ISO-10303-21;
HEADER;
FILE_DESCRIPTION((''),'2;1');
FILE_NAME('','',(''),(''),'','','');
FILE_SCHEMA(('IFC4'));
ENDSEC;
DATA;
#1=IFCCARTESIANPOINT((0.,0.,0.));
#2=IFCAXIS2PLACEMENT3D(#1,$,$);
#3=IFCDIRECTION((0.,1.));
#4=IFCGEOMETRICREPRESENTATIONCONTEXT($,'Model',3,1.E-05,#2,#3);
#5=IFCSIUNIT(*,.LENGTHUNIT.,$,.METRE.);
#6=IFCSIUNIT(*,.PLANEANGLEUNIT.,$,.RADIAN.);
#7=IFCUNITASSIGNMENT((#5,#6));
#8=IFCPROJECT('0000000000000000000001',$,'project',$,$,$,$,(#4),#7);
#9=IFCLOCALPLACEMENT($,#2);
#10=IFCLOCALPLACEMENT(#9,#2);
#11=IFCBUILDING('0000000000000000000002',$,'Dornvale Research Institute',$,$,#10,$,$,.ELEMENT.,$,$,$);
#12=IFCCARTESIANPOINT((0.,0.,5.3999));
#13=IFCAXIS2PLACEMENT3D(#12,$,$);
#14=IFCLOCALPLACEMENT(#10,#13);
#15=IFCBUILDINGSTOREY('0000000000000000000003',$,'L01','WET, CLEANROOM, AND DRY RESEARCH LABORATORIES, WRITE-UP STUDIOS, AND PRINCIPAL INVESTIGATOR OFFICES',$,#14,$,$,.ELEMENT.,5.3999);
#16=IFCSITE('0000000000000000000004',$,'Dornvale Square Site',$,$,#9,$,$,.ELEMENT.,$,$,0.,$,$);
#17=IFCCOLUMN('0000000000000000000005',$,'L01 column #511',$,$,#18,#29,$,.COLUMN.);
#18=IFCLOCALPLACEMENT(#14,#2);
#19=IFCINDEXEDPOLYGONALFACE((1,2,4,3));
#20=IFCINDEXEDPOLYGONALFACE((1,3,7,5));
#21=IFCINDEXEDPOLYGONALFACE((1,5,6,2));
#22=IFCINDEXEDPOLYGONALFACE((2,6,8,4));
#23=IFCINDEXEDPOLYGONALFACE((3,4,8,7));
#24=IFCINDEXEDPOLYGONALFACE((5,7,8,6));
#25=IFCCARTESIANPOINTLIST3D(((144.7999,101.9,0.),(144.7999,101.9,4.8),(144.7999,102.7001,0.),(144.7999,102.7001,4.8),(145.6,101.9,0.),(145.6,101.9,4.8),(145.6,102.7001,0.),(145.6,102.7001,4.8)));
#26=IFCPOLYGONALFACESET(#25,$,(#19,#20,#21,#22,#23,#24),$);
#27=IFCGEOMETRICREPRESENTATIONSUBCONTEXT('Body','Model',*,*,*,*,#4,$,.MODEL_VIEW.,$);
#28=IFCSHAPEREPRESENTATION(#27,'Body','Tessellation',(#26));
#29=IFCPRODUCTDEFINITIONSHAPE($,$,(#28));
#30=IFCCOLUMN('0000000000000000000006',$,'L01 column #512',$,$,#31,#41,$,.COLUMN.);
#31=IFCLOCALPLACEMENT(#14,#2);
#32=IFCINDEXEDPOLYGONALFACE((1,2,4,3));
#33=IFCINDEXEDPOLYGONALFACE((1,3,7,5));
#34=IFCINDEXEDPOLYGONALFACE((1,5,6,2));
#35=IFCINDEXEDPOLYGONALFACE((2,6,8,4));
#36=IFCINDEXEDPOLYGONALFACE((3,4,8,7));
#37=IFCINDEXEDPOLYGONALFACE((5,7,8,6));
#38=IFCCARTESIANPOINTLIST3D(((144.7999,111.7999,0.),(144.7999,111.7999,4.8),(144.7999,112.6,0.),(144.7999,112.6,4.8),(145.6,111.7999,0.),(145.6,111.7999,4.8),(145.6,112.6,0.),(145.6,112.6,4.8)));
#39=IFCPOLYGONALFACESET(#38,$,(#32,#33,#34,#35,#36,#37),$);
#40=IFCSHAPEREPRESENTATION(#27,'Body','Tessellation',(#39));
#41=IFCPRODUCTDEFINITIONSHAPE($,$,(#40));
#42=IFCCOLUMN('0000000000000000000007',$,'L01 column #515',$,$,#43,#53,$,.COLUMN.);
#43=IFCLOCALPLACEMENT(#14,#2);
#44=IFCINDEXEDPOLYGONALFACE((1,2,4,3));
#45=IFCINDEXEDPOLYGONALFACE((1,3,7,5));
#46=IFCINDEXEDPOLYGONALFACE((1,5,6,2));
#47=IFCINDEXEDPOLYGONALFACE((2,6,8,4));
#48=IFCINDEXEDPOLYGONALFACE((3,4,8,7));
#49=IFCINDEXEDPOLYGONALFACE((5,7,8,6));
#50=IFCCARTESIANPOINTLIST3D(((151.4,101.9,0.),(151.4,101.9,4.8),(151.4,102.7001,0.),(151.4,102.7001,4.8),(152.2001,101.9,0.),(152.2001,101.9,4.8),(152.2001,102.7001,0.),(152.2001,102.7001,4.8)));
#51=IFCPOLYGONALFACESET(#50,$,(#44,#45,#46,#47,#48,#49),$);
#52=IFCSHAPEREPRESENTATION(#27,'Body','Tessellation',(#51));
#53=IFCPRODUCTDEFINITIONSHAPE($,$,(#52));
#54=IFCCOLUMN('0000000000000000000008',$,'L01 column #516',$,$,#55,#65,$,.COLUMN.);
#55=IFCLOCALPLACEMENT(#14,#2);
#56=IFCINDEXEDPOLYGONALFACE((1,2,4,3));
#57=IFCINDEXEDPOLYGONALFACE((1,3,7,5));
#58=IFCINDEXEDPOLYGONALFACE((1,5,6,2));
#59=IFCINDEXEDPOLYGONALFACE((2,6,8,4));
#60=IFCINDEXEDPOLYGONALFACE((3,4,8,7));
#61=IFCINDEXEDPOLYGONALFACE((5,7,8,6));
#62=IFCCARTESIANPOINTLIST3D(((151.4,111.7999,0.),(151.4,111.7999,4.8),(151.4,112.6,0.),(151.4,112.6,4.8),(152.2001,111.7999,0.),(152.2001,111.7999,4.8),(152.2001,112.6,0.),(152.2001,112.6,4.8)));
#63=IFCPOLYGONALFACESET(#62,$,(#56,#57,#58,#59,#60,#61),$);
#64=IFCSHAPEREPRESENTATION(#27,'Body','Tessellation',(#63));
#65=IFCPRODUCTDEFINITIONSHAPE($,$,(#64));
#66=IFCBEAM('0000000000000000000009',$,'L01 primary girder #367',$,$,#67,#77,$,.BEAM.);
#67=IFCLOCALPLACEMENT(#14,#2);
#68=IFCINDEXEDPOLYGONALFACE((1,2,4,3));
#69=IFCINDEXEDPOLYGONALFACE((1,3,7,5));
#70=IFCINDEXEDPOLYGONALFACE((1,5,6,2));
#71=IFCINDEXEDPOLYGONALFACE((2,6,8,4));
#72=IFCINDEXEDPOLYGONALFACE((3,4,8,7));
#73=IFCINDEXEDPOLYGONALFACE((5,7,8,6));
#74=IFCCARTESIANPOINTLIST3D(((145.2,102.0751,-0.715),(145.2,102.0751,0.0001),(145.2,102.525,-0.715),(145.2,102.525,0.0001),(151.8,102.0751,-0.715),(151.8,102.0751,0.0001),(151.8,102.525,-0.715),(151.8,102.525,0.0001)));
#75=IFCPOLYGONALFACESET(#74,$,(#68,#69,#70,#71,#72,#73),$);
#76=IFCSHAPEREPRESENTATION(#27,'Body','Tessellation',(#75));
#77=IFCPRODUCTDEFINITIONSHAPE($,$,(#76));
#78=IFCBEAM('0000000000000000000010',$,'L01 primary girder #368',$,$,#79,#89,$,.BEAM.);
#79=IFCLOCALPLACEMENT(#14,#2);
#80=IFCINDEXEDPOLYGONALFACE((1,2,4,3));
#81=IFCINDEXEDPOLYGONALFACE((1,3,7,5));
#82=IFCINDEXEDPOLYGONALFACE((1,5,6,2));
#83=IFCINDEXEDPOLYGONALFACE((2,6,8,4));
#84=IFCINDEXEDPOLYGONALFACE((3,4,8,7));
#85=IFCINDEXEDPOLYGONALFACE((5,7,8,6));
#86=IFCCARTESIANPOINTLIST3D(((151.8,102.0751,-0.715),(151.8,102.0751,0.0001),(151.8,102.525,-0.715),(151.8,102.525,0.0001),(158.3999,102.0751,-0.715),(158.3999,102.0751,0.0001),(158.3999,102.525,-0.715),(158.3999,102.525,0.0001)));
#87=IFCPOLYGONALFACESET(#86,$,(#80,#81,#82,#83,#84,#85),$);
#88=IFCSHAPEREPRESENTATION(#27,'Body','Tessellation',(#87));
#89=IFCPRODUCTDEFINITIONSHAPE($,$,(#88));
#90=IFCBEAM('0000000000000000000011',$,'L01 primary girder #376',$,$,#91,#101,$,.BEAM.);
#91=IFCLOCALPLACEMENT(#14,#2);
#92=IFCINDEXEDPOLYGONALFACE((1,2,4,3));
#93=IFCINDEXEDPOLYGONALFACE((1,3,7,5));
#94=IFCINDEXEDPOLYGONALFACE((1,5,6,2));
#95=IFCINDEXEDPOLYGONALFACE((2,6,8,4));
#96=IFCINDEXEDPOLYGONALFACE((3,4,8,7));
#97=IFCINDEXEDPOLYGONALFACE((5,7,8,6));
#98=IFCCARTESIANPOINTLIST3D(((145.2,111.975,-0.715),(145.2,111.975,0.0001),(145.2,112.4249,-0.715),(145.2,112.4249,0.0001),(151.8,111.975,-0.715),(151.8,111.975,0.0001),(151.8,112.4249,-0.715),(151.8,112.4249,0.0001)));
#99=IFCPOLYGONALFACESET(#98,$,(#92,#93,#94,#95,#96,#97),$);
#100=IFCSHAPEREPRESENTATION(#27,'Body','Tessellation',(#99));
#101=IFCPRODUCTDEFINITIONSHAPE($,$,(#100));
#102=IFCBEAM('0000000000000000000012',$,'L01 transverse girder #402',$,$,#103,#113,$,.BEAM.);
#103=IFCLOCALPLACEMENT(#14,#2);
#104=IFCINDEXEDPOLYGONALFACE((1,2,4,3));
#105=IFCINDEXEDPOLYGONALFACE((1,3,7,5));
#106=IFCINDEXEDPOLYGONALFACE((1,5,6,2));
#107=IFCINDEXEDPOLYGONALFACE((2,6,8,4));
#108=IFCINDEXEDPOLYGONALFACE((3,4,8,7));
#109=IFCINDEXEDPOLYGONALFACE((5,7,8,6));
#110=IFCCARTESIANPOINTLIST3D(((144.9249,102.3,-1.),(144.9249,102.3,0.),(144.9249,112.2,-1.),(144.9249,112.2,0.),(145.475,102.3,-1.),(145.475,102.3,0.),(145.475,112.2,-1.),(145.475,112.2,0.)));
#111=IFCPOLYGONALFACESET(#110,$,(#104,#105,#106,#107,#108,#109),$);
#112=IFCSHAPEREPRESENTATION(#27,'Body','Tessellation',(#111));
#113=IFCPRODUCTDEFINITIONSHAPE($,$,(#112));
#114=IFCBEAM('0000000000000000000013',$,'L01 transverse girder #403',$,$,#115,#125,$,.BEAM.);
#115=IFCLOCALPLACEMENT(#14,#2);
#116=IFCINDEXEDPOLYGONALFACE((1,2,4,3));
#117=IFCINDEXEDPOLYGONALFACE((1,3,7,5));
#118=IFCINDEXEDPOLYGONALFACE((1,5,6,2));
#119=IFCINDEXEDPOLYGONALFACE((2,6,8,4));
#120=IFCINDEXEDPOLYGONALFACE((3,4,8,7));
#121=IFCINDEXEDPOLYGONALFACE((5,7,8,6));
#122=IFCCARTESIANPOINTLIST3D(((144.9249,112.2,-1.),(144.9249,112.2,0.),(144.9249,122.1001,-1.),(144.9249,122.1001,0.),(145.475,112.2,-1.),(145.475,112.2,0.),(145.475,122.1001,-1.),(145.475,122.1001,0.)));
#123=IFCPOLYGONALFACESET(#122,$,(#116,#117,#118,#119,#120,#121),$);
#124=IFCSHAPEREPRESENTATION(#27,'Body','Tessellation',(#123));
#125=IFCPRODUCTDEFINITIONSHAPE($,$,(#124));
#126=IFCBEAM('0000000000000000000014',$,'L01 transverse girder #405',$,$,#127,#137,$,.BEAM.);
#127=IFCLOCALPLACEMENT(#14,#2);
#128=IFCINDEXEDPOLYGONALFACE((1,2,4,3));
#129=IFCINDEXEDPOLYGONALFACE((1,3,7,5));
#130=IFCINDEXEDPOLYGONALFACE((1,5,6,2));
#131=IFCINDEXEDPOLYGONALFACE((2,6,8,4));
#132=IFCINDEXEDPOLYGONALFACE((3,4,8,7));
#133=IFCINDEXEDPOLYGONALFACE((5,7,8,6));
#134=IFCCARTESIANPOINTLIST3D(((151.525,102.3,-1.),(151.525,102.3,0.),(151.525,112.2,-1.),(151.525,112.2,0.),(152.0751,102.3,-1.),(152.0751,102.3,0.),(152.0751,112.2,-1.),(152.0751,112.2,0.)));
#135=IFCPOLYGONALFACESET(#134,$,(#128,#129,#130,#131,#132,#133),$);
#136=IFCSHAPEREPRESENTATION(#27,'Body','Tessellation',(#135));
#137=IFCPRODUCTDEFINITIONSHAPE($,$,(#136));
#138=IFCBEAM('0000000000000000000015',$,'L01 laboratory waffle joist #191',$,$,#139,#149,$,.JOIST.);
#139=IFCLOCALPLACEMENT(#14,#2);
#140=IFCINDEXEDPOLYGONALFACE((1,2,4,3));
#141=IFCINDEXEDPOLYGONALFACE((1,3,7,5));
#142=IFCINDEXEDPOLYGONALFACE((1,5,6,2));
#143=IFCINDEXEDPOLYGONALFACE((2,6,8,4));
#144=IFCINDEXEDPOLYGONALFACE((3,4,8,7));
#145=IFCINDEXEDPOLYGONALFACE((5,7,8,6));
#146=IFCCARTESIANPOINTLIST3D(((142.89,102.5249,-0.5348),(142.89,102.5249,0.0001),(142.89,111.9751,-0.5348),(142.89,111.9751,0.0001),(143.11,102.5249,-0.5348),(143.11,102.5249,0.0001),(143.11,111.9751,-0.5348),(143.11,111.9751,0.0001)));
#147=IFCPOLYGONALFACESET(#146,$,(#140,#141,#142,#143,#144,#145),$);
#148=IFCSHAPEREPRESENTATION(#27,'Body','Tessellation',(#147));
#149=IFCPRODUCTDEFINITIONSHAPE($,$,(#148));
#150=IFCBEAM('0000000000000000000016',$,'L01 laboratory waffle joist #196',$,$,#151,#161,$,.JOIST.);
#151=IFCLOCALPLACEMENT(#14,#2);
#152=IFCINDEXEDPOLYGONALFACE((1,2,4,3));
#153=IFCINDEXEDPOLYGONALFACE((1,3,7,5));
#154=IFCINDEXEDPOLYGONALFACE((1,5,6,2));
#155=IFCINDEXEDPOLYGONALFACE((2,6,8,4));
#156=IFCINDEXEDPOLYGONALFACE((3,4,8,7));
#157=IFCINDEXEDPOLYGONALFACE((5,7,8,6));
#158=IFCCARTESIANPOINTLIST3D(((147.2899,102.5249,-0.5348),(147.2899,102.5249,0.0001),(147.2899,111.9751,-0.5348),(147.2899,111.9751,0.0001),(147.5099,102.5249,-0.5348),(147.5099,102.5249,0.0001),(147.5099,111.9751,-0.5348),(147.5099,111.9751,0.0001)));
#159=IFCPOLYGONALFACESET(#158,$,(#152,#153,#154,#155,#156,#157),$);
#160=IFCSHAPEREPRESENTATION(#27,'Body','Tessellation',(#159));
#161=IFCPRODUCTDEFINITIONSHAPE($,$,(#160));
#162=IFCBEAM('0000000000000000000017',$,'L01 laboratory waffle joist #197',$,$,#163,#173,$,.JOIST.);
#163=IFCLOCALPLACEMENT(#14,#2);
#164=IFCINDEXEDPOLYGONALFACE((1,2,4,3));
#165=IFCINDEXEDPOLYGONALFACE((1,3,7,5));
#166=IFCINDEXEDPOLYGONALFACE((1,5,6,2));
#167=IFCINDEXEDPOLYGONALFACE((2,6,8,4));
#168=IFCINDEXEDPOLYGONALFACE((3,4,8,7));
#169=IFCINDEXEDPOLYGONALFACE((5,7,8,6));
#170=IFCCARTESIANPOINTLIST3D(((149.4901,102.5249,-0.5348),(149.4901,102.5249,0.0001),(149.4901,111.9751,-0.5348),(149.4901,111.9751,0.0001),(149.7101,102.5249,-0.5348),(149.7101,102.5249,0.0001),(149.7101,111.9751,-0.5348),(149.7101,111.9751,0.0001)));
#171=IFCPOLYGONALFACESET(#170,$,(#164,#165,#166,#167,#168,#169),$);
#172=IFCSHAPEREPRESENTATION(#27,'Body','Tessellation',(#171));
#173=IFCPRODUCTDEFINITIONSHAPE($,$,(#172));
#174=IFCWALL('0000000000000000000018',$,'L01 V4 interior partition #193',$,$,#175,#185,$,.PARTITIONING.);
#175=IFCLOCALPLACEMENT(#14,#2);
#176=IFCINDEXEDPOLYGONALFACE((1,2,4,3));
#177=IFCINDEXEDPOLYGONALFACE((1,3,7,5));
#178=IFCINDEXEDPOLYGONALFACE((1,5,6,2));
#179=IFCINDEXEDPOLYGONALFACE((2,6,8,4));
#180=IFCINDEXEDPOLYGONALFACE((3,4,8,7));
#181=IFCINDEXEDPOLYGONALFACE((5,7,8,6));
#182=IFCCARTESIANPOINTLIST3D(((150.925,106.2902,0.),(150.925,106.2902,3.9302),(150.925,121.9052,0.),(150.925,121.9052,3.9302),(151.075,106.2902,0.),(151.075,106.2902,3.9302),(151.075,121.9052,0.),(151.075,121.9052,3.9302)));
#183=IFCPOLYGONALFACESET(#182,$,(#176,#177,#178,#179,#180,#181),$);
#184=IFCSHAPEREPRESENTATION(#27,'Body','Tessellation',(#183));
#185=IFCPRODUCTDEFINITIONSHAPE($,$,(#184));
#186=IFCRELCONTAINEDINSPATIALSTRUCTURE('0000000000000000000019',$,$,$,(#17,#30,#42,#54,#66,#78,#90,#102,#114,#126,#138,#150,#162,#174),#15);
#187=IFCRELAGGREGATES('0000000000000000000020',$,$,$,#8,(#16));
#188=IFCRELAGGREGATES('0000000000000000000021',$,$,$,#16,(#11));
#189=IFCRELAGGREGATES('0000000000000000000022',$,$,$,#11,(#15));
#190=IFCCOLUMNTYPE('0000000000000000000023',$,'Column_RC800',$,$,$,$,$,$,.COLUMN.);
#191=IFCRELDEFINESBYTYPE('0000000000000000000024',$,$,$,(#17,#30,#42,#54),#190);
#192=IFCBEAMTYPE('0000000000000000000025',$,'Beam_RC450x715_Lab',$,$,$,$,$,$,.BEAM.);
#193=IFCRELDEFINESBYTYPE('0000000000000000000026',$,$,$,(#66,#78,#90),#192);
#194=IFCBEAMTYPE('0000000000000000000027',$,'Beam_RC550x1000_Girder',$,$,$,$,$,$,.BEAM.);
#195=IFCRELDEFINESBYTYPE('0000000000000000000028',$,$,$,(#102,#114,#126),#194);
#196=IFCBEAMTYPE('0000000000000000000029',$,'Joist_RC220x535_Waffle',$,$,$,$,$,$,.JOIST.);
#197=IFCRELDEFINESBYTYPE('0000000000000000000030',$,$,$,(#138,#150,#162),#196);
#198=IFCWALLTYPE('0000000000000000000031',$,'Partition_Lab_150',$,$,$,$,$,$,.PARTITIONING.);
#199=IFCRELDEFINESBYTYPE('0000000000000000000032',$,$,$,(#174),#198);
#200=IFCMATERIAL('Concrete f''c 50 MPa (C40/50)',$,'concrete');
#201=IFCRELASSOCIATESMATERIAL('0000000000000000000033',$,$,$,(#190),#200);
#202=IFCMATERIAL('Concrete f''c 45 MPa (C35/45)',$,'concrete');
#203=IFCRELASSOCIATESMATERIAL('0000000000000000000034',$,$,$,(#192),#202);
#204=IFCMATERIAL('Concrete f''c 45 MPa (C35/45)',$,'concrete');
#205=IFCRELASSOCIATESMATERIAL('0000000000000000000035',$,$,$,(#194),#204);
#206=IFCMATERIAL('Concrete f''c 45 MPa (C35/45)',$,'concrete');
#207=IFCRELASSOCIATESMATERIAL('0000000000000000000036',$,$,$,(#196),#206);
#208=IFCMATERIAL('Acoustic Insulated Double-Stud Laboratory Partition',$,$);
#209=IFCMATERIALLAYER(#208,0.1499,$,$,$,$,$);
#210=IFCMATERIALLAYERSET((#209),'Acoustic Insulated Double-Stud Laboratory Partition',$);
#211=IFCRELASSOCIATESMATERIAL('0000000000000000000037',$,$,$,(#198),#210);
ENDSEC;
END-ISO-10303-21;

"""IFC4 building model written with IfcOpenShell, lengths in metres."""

from ifc_helpers import new_model, si_unit, direction, frame, frame_2d, origin, origin_2d, place, context, subcontext, project, spatial, rectangle, extrude, material, layer, layer_set, material_profile, profile_set, type_object, element, save


model = new_model("IFC4")

# Units and contexts
model_context = context("Model", 3, precision=1e-05, world=origin(), true_north=direction((0.0, 1.0)))
body_context = subcontext(model_context, "Body", "Model", "MODEL_VIEW")
ifc_project = project(units=[si_unit("LENGTHUNIT", "METRE"), si_unit("PLANEANGLEUNIT", "RADIAN")], contexts=[model_context])

# Site, building, storey
site_placement = place(None, origin())
site = spatial("IfcSite", under=ifc_project, at=site_placement, Name="Dornvale Square Site", CompositionType="ELEMENT", RefElevation=0.0)
building_placement = place(site_placement, origin())
building = spatial("IfcBuilding", under=site, at=building_placement, Name="Dornvale Research Institute", CompositionType="ELEMENT")
storey_placement = place(building_placement, frame((0.0, 0.0, 5.3999)))
storey = spatial("IfcBuildingStorey", under=building, at=storey_placement, Name="L01", Description="WET, CLEANROOM, AND DRY RESEARCH LABORATORIES, WRITE-UP STUDIOS, AND PRINCIPAL INVESTIGATOR OFFICES", CompositionType="ELEMENT", Elevation=5.3999)

# Columns
ifc_material_1 = material(Name="Concrete f'c 50 MPa (C40/50)", Category="concrete")
ifc_material_profile_1 = material_profile(ifc_material_1, rectangle(XDim=0.8, YDim=0.8, at=origin_2d()), Name="RC 800x800")
ifc_profile_set_1 = profile_set([ifc_material_profile_1], Name="Concrete f'c 50 MPa (C40/50)")
column_type = type_object("IfcColumnType", Name="Column_RC800", PredefinedType="COLUMN", material=ifc_profile_set_1)
for number, where, z_axis, x_axis, name in (
    (1, (145.2, 102.3, 0.0), (0.0, 0.0, 1.0), (1.0, 0.0, 0.0), "L01 column #511"),
    (2, (145.2, 112.2, 0.0), (0.0, 0.0, 1.0), (1.0, 0.0, 0.0), "L01 column #512"),
    (3, (151.8, 102.3, 0.0), (0.0, 0.0, 1.0), (1.0, 0.0, 0.0), "L01 column #515"),
    (4, (151.8, 112.2, 0.0), (0.0, 0.0, 1.0), (1.0, 0.0, 0.0), "L01 column #516"),
):
    element("IfcColumn", number, at=place(storey_placement, frame(where, z_axis=z_axis, x_axis=x_axis)), inside=storey, type_object=column_type, Name=name, PredefinedType="COLUMN", context=body_context, shape_type="SweptSolid", body=[
        extrude(rectangle(XDim=0.8, YDim=0.8, at=origin_2d()), origin(), (0.0, 0.0, 1.0), 4.8),
    ])

# Beams
ifc_material_2 = material(Name="Concrete f'c 45 MPa (C35/45)", Category="concrete")
ifc_material_profile_2 = material_profile(ifc_material_2, rectangle(XDim=0.45, YDim=0.7151, at=origin_2d()), Name="RC 450x715")
ifc_profile_set_2 = profile_set([ifc_material_profile_2], Name="Concrete f'c 45 MPa (C35/45)")
beam_type_1 = type_object("IfcBeamType", Name="Beam_RC450x715_Lab", PredefinedType="BEAM", material=ifc_profile_set_2)
beam_1_placement = place(storey_placement, frame((145.2, 102.3, -0.3574), z_axis=(1.0, 0.0, 0.0), x_axis=(0.0, 1.0, 0.0)))
element("IfcBeam", 5, at=beam_1_placement, inside=storey, type_object=beam_type_1, Name="L01 primary girder #367", PredefinedType="BEAM", context=body_context, shape_type="SweptSolid", body=[
    extrude(rectangle(XDim=0.45, YDim=0.7151, at=origin_2d()), origin(), (0.0, 0.0, 1.0), 6.6001),
])
beam_2_placement = place(storey_placement, frame((151.8, 102.3, -0.3574), z_axis=(1.0, 0.0, 0.0), x_axis=(0.0, 1.0, 0.0)))
element("IfcBeam", 6, at=beam_2_placement, inside=storey, type_object=beam_type_1, Name="L01 primary girder #368", PredefinedType="BEAM", context=body_context, shape_type="SweptSolid", body=[
    extrude(rectangle(XDim=0.45, YDim=0.7151, at=origin_2d()), origin(), (0.0, 0.0, 1.0), 6.5999),
])
beam_3_placement = place(storey_placement, frame((145.2, 112.2, -0.3574), z_axis=(1.0, 0.0, 0.0), x_axis=(0.0, 1.0, 0.0)))
element("IfcBeam", 7, at=beam_3_placement, inside=storey, type_object=beam_type_1, Name="L01 primary girder #376", PredefinedType="BEAM", context=body_context, shape_type="SweptSolid", body=[
    extrude(rectangle(XDim=0.45, YDim=0.7151, at=origin_2d()), origin(), (0.0, 0.0, 1.0), 6.6001),
])
ifc_material_3 = material(Name="Concrete f'c 45 MPa (C35/45)", Category="concrete")
ifc_material_profile_3 = material_profile(ifc_material_3, rectangle(XDim=0.55, YDim=1.0, at=origin_2d()), Name="RC 550x1000")
ifc_profile_set_3 = profile_set([ifc_material_profile_3], Name="Concrete f'c 45 MPa (C35/45)")
beam_type_2 = type_object("IfcBeamType", Name="Beam_RC550x1000_Girder", PredefinedType="BEAM", material=ifc_profile_set_3)
beam_4_placement = place(storey_placement, frame((145.2, 102.3, -0.5), z_axis=(0.0, 1.0, 0.0), x_axis=(-1.0, 0.0, 0.0)))
element("IfcBeam", 8, at=beam_4_placement, inside=storey, type_object=beam_type_2, Name="L01 transverse girder #402", PredefinedType="BEAM", context=body_context, shape_type="SweptSolid", body=[
    extrude(rectangle(XDim=0.55, YDim=1.0, at=origin_2d()), origin(), (0.0, 0.0, 1.0), 9.8999),
])
beam_5_placement = place(storey_placement, frame((145.2, 112.2, -0.5), z_axis=(0.0, 1.0, 0.0), x_axis=(-1.0, 0.0, 0.0)))
element("IfcBeam", 9, at=beam_5_placement, inside=storey, type_object=beam_type_2, Name="L01 transverse girder #403", PredefinedType="BEAM", context=body_context, shape_type="SweptSolid", body=[
    extrude(rectangle(XDim=0.55, YDim=1.0, at=origin_2d()), origin(), (0.0, 0.0, 1.0), 9.9001),
])
beam_6_placement = place(storey_placement, frame((151.8, 102.3, -0.5), z_axis=(0.0, 1.0, 0.0), x_axis=(-1.0, 0.0, 0.0)))
element("IfcBeam", 10, at=beam_6_placement, inside=storey, type_object=beam_type_2, Name="L01 transverse girder #405", PredefinedType="BEAM", context=body_context, shape_type="SweptSolid", body=[
    extrude(rectangle(XDim=0.55, YDim=1.0, at=origin_2d()), origin(), (0.0, 0.0, 1.0), 9.8999),
])
ifc_material_4 = material(Name="Concrete f'c 45 MPa (C35/45)", Category="concrete")
ifc_material_profile_4 = material_profile(ifc_material_4, rectangle(XDim=0.22, YDim=0.5349, at=origin_2d()), Name="RC 220x535")
ifc_profile_set_4 = profile_set([ifc_material_profile_4], Name="Concrete f'c 45 MPa (C35/45)")
beam_type_3 = type_object("IfcBeamType", Name="Joist_RC220x535_Waffle", PredefinedType="JOIST", material=ifc_profile_set_4)
for number, where, z_axis, x_axis, name in (
    (11, (143.0, 102.5249, -0.2673), (0.0, 1.0, 0.0), (-1.0, 0.0, 0.0), "L01 laboratory waffle joist #191"),
    (12, (147.3999, 102.5249, -0.2673), (0.0, 1.0, 0.0), (-1.0, 0.0, 0.0), "L01 laboratory waffle joist #196"),
    (13, (149.6001, 102.5249, -0.2673), (0.0, 1.0, 0.0), (-1.0, 0.0, 0.0), "L01 laboratory waffle joist #197"),
):
    element("IfcBeam", number, at=place(storey_placement, frame(where, z_axis=z_axis, x_axis=x_axis)), inside=storey, type_object=beam_type_3, Name=name, PredefinedType="JOIST", context=body_context, shape_type="SweptSolid", body=[
        extrude(rectangle(XDim=0.22, YDim=0.5349, at=origin_2d()), origin(), (0.0, 0.0, 1.0), 9.4502),
    ])

# Wall
ifc_material_5 = material(Name="Acoustic Insulated Double-Stud Laboratory Partition")
ifc_layer_1 = layer(ifc_material_5, 0.1499)
ifc_layer_set_1 = layer_set([ifc_layer_1], Name="Acoustic Insulated Double-Stud Laboratory Partition")
wall_type_1 = type_object("IfcWallType", Name="Partition_Lab_150", PredefinedType="PARTITIONING", material=ifc_layer_set_1)
wall_1_placement = place(storey_placement, frame((151.0, 106.29, 0.0), z_axis=(0.0, 0.0, 1.0), x_axis=(0.0, 1.0, 0.0)))
element("IfcWall", 14, at=wall_1_placement, inside=storey, type_object=wall_type_1, Name="L01 V4 interior partition #193", PredefinedType="PARTITIONING", context=body_context, shape_type="SweptSolid", body=[
    extrude(rectangle(XDim=15.615, YDim=0.1499, at=frame_2d((7.8076, 0.0))), origin(), (0.0, 0.0, 1.0), 3.9302),
])

save(model, "model.ifc")
